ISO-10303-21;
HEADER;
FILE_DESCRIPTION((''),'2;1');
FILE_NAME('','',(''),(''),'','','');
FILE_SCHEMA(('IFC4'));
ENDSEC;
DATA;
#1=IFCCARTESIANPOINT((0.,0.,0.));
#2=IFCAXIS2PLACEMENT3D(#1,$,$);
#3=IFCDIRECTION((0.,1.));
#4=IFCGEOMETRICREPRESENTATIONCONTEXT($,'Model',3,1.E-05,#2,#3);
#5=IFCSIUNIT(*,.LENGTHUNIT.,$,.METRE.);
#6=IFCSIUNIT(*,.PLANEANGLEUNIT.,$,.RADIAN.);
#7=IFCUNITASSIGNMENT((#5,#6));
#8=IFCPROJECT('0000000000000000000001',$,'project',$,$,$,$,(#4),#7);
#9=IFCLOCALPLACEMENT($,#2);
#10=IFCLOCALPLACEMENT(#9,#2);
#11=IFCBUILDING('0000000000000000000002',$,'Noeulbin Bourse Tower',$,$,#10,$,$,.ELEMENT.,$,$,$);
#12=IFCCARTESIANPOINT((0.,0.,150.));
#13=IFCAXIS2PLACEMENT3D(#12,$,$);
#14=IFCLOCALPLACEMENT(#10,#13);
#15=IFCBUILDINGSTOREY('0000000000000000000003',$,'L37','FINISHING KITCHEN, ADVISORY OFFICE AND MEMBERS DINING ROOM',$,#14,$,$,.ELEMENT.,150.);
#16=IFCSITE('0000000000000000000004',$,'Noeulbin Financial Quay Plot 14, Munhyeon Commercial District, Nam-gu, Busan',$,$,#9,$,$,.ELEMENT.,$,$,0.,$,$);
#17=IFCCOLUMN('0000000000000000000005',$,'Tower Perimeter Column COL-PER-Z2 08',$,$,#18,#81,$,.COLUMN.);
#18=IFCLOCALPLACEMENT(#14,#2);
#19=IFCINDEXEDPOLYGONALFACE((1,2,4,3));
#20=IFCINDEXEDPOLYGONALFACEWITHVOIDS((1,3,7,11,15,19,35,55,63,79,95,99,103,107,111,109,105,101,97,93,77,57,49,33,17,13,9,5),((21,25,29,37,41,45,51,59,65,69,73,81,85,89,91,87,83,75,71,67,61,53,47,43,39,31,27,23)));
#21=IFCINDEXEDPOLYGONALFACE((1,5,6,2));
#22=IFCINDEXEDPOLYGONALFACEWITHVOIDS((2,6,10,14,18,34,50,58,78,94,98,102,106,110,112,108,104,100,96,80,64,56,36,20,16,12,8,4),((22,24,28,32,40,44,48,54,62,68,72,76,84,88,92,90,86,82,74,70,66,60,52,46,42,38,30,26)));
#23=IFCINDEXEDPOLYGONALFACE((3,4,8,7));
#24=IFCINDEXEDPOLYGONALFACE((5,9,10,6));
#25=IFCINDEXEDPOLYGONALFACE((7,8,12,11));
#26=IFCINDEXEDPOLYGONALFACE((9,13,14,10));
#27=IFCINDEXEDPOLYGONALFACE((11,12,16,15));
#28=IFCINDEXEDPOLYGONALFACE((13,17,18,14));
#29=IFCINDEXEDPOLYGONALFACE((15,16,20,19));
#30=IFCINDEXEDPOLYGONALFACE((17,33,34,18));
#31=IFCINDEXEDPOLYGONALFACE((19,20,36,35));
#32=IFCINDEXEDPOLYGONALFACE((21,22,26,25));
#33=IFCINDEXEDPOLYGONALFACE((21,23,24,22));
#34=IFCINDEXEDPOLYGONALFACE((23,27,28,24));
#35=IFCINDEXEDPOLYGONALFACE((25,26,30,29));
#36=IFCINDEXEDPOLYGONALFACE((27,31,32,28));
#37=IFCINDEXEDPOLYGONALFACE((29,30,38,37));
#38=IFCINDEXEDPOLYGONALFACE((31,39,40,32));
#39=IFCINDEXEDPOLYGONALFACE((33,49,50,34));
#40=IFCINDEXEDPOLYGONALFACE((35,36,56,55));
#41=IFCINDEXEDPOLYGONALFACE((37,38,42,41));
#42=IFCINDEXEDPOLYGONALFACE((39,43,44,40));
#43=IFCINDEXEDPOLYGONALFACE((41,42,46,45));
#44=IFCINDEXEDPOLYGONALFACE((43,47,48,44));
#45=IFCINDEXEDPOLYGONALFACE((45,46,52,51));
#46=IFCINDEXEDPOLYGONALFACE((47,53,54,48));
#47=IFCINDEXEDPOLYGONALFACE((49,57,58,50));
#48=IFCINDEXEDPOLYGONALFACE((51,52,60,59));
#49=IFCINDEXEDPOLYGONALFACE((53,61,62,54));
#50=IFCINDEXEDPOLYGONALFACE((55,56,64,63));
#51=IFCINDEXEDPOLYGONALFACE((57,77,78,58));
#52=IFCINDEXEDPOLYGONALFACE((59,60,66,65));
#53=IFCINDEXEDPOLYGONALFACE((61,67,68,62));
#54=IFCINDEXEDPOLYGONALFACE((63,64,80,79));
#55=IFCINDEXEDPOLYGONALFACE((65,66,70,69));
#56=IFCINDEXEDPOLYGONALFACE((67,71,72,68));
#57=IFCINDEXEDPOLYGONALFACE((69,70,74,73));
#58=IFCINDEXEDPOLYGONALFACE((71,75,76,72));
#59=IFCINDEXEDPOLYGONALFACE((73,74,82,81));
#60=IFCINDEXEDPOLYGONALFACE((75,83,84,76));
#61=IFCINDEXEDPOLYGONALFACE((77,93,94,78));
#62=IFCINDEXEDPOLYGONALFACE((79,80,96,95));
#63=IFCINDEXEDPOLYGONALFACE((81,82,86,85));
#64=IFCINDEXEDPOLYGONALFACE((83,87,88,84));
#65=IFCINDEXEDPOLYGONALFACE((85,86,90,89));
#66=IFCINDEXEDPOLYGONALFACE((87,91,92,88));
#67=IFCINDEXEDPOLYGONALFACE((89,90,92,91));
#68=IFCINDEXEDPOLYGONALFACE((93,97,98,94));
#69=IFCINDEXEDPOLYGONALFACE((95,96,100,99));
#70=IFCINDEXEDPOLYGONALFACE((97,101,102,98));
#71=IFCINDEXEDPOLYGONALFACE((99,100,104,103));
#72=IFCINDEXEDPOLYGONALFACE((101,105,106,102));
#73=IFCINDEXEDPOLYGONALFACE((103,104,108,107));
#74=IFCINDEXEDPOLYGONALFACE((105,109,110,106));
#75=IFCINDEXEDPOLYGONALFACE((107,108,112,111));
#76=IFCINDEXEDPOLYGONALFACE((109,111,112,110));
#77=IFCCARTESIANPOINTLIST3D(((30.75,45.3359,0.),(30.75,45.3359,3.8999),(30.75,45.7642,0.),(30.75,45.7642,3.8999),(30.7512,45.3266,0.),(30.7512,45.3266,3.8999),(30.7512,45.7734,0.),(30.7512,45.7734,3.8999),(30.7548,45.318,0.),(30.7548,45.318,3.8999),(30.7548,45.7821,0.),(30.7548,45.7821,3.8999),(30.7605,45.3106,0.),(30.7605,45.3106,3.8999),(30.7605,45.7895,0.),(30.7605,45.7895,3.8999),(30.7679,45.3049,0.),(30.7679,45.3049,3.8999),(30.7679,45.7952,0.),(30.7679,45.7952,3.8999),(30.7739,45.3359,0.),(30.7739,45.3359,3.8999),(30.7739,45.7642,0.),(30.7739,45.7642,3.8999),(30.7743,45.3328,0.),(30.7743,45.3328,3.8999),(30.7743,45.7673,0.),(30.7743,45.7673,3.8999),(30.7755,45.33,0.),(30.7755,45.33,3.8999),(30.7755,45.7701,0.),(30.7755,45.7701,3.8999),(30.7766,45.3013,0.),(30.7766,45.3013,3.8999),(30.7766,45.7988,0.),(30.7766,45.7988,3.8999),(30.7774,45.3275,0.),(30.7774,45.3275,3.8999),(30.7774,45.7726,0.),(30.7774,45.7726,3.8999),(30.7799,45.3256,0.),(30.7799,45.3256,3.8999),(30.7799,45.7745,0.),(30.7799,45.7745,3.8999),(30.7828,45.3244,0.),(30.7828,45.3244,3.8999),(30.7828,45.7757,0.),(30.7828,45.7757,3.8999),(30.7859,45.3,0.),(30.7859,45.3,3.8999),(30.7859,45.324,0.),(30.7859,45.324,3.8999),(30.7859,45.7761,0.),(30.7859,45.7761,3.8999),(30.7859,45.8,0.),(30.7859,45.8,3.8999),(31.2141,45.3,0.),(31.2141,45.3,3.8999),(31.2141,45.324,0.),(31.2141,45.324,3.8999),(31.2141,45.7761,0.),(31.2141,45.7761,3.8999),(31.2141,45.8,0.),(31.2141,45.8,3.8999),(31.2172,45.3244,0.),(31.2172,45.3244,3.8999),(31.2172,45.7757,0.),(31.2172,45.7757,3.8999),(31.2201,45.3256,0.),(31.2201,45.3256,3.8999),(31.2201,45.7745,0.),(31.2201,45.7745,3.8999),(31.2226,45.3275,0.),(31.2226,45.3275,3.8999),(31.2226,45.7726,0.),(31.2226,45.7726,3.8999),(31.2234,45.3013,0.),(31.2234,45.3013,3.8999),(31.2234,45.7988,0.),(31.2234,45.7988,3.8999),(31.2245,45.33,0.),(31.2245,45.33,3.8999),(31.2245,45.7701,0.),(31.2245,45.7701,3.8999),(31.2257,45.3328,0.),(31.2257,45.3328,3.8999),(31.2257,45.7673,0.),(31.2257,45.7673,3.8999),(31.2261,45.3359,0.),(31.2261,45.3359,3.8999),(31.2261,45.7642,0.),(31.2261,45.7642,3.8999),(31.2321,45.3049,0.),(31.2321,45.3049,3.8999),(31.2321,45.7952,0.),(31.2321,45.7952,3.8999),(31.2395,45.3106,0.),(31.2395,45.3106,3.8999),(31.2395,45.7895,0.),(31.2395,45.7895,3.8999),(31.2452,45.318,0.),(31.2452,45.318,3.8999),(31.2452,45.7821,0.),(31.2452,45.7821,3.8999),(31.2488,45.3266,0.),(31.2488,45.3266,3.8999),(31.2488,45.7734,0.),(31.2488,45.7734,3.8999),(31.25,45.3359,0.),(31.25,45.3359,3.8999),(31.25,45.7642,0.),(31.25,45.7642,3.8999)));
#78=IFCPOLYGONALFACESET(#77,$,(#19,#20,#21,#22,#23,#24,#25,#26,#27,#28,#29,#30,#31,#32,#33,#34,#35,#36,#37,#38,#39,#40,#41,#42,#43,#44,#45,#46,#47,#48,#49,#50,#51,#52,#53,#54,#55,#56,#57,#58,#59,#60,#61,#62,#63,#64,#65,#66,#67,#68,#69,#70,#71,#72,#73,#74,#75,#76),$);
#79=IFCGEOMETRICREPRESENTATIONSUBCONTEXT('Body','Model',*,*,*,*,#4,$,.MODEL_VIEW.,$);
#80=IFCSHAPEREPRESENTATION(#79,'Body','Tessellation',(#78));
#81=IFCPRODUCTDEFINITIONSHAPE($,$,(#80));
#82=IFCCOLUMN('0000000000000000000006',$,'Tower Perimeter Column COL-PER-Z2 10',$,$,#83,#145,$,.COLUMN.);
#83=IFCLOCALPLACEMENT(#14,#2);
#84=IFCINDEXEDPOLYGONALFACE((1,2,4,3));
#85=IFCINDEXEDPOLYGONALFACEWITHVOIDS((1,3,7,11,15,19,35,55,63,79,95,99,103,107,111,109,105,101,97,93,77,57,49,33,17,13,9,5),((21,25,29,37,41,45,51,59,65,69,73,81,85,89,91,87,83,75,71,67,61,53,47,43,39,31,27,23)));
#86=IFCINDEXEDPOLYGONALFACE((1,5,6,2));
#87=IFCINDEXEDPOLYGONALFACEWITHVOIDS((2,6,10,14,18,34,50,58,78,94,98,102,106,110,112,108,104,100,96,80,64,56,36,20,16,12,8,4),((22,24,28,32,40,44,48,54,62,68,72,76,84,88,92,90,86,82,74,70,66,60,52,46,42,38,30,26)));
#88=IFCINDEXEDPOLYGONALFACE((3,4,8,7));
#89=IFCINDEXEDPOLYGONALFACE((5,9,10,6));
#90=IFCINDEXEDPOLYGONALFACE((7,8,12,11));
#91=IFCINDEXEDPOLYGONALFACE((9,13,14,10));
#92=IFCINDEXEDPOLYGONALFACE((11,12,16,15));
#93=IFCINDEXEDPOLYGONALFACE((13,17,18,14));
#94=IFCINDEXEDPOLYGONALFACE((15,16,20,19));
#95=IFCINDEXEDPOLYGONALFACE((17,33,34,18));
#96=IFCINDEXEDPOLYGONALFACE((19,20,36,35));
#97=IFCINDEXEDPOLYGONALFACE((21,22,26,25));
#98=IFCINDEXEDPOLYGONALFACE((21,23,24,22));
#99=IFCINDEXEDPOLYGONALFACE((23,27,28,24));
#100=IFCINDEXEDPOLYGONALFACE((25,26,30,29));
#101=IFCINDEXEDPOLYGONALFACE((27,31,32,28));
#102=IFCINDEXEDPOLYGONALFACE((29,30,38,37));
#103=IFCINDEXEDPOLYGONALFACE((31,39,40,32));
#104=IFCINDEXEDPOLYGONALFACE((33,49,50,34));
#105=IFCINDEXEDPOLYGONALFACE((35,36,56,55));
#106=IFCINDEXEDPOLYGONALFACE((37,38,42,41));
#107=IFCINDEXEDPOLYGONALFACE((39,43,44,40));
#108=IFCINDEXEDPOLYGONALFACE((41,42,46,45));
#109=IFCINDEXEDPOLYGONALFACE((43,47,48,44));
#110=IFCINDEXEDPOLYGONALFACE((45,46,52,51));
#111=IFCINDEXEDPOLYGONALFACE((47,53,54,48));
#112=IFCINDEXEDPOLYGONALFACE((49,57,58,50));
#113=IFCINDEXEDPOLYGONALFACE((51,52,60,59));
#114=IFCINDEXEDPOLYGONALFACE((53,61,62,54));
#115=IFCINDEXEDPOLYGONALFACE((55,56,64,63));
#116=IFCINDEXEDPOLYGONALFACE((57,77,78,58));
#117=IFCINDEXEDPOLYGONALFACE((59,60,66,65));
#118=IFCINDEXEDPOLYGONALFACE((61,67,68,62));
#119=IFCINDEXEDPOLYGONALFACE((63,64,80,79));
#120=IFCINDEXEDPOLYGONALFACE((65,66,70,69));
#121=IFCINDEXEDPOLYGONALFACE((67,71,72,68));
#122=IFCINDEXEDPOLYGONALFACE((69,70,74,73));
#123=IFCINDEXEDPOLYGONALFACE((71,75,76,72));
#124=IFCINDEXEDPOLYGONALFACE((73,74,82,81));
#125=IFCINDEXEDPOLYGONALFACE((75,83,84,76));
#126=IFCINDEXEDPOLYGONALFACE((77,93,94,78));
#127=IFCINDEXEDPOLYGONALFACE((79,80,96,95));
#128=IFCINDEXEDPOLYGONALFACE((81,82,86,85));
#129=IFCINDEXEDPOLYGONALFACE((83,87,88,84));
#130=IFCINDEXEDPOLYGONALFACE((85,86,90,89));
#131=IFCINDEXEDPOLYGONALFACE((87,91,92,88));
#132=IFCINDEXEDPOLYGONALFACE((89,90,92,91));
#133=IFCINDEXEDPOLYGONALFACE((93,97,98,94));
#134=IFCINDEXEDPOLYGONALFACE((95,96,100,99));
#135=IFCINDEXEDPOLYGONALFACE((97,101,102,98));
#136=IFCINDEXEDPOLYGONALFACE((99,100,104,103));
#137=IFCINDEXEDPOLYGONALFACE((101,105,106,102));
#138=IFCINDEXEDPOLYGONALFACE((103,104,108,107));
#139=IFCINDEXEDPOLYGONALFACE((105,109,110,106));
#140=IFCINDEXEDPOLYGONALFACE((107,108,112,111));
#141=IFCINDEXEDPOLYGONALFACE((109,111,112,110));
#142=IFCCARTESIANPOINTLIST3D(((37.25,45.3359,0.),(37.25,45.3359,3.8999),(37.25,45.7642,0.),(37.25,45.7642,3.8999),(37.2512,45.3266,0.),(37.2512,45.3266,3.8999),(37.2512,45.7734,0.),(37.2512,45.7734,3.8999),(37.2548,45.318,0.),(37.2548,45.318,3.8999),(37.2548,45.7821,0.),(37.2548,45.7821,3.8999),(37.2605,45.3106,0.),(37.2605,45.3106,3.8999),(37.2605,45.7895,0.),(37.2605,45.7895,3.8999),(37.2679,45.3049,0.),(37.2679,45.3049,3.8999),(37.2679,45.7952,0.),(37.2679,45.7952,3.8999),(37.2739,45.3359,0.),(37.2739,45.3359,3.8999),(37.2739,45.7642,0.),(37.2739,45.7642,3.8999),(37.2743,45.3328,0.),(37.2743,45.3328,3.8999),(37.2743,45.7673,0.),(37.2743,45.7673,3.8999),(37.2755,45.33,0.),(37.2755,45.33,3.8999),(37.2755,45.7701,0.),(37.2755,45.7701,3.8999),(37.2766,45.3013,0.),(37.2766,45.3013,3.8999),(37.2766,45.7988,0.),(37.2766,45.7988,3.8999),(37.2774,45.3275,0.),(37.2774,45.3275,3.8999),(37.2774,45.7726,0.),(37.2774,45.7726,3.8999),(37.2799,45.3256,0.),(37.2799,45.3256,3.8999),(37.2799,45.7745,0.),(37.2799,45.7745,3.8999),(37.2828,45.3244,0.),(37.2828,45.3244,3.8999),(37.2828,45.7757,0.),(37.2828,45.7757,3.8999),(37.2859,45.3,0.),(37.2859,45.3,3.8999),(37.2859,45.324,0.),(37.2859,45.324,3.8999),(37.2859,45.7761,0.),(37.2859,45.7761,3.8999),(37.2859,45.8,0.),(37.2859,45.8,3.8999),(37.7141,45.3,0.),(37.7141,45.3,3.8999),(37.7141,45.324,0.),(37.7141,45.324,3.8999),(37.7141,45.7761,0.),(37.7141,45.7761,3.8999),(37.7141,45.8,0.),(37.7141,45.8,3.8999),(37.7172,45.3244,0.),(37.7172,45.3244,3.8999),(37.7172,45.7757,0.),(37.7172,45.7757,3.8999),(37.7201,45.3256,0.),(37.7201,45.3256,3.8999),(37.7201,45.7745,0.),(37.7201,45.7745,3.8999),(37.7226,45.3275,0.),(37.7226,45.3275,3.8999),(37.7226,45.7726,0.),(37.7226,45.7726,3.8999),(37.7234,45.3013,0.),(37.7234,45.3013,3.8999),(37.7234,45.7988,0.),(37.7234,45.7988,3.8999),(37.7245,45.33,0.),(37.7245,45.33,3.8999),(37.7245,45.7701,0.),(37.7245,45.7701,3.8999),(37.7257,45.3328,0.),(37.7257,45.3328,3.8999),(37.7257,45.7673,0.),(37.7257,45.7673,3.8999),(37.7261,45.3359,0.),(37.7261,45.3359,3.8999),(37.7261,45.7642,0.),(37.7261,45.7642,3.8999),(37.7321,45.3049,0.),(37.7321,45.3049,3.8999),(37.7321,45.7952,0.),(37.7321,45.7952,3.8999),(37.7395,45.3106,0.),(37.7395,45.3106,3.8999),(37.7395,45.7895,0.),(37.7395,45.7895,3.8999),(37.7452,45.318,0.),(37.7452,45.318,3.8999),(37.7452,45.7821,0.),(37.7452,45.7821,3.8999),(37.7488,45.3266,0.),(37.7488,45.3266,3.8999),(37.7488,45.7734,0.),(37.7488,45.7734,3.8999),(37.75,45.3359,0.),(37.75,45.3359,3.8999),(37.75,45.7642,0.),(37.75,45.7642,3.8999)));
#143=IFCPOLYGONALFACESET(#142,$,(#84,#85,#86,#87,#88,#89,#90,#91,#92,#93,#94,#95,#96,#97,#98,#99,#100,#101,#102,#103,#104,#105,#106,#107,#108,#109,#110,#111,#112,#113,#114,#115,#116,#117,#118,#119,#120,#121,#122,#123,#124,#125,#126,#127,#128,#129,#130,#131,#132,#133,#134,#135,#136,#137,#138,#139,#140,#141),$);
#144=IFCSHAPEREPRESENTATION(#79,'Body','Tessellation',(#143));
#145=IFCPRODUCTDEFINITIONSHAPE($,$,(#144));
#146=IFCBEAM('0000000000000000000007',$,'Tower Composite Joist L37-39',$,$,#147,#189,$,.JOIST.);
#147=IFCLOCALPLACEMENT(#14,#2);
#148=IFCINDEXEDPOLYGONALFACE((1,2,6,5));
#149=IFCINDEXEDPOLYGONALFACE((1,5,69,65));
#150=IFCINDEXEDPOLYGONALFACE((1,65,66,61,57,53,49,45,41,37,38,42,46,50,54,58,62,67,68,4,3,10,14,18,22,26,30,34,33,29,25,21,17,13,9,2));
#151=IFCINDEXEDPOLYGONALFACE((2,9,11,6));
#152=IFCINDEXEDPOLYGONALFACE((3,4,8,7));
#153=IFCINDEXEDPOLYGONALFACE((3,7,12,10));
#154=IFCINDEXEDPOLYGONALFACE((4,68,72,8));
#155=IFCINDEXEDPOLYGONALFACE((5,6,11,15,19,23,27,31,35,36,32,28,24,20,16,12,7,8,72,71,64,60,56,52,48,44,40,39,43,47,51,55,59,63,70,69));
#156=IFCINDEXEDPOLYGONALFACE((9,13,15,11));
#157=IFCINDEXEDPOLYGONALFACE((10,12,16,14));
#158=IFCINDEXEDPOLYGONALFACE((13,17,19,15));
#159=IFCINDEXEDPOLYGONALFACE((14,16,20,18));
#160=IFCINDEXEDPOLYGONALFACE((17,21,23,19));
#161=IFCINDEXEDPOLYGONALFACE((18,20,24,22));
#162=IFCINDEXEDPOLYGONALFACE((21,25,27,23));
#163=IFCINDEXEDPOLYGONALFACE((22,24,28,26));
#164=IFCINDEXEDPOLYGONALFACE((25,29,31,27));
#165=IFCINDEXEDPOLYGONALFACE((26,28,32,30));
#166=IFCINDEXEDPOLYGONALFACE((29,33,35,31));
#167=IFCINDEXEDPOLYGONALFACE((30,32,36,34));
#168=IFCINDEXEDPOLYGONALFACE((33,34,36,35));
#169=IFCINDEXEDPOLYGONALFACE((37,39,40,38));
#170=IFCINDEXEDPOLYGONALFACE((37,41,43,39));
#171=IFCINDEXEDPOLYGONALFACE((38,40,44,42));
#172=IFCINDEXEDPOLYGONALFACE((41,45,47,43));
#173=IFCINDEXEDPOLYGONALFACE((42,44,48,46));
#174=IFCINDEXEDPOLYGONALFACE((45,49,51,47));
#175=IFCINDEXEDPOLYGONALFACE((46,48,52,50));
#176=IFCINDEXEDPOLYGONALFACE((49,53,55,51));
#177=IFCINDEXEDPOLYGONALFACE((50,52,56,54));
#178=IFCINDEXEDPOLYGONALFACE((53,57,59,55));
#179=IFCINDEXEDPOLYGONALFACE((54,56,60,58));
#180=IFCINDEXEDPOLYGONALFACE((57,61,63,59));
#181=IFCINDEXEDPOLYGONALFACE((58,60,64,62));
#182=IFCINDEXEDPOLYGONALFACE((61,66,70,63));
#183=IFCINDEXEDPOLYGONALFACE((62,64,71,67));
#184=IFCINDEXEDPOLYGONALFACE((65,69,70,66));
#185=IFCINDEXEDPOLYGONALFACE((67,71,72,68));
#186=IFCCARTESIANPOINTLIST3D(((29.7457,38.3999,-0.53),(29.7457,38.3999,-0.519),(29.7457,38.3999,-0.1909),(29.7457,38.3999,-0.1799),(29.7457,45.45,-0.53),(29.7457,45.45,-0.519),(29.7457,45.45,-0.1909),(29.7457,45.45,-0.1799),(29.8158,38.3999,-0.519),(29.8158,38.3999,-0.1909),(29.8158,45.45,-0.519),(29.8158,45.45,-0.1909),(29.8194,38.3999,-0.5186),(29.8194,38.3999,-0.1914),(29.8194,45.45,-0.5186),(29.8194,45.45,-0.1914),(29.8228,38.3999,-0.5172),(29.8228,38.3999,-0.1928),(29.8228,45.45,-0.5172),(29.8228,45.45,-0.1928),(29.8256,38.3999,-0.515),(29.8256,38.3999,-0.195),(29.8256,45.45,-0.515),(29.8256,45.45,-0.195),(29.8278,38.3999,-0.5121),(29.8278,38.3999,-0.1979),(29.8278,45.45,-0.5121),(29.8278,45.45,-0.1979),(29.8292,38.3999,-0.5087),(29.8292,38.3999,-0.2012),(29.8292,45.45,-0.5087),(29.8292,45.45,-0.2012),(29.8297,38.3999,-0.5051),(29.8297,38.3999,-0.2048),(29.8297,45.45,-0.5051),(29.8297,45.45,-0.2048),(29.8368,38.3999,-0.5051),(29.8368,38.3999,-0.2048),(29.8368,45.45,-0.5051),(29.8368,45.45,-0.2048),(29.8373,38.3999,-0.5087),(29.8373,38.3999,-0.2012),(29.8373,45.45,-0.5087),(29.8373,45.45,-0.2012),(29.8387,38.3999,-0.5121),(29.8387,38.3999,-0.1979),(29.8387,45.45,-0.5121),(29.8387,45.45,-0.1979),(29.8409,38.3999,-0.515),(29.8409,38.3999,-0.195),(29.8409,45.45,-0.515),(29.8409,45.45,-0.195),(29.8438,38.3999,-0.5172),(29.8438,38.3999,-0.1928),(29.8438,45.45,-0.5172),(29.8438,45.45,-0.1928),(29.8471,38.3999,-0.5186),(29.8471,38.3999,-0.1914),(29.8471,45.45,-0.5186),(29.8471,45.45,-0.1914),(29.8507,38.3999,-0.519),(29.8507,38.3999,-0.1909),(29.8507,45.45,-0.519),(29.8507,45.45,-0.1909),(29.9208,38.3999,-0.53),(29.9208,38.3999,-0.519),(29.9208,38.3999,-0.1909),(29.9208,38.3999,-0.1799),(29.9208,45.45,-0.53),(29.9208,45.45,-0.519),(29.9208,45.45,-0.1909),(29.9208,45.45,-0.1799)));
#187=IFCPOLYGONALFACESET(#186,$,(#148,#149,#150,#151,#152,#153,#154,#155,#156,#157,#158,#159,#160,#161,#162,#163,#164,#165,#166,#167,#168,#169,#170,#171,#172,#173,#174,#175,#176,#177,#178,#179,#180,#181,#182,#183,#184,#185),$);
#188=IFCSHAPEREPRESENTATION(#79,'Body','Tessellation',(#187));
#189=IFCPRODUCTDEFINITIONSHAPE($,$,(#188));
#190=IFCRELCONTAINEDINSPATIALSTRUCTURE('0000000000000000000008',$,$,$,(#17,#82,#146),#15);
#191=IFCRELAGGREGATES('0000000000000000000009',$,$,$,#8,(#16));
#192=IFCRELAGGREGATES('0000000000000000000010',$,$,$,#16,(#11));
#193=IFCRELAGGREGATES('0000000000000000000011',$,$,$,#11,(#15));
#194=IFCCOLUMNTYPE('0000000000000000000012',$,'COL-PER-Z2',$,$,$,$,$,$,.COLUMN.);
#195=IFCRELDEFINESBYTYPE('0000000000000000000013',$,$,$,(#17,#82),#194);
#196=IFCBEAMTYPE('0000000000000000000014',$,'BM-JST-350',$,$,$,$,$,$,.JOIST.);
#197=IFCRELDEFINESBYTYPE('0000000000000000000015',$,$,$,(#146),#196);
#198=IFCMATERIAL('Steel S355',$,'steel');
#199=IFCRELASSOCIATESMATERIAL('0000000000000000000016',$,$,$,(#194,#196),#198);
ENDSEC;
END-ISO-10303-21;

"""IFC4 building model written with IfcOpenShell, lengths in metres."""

from ifc_helpers import new_model, si_unit, direction, frame, origin, origin_2d, place, context, subcontext, project, spatial, hollow_rectangle, i_section, extrude, material, material_profile, profile_set, type_object, element, save


model = new_model("IFC4")

# Units and contexts
model_context = context("Model", 3, precision=1e-05, world=origin(), true_north=direction((0.0, 1.0)))
body_context = subcontext(model_context, "Body", "Model", "MODEL_VIEW")
ifc_project = project(units=[si_unit("LENGTHUNIT", "METRE"), si_unit("PLANEANGLEUNIT", "RADIAN")], contexts=[model_context])

# Site, building, storey
site_placement = place(None, origin())
site = spatial("IfcSite", under=ifc_project, at=site_placement, Name="Noeulbin Financial Quay Plot 14, Munhyeon Commercial District, Nam-gu, Busan", CompositionType="ELEMENT", RefElevation=0.0)
building_placement = place(site_placement, origin())
building = spatial("IfcBuilding", under=site, at=building_placement, Name="Noeulbin Bourse Tower", CompositionType="ELEMENT")
storey_placement = place(building_placement, frame((0.0, 0.0, 150.0)))
storey = spatial("IfcBuildingStorey", under=building, at=storey_placement, Name="L37", Description="FINISHING KITCHEN, ADVISORY OFFICE AND MEMBERS DINING ROOM", CompositionType="ELEMENT", Elevation=150.0)

# Columns
ifc_material_1 = material(Name="Steel S355", Category="steel")
ifc_material_profile_1 = material_profile(ifc_material_1, hollow_rectangle(XDim=0.5, YDim=0.5, WallThickness=0.0239, InnerFilletRadius=0.012, OuterFilletRadius=0.0359, at=origin_2d()), Name="BOX-500x500x24", Category="LoadBearing")
ifc_profile_set_1 = profile_set([ifc_material_profile_1], Name="Steel S355")
column_type = type_object("IfcColumnType", Name="COL-PER-Z2", PredefinedType="COLUMN", material=ifc_profile_set_1)
for number, where, z_axis, x_axis, name in (
    (1, (31.0, 45.55, 0.0), (0.0, 0.0, 1.0), (1.0, 0.0, 0.0), "Tower Perimeter Column COL-PER-Z2 08"),
    (2, (37.5, 45.55, 0.0), (0.0, 0.0, 1.0), (1.0, 0.0, 0.0), "Tower Perimeter Column COL-PER-Z2 10"),
):
    element("IfcColumn", number, at=place(storey_placement, frame(where, z_axis=z_axis, x_axis=x_axis)), inside=storey, type_object=column_type, Name=name, PredefinedType="COLUMN", context=body_context, shape_type="SweptSolid", body=[
        extrude(hollow_rectangle(XDim=0.5, YDim=0.5, WallThickness=0.0239, InnerFilletRadius=0.012, OuterFilletRadius=0.0359, at=origin_2d()), origin(), (0.0, 0.0, 1.0), 3.8999),
    ])

# Beam
ifc_material_profile_2 = material_profile(ifc_material_1, i_section(OverallWidth=0.175, OverallDepth=0.3501, WebThickness=0.0071, FlangeThickness=0.011, FilletRadius=0.0139, at=origin_2d()), Name="H-350x175x7x11", Category="LoadBearing")
ifc_profile_set_2 = profile_set([ifc_material_profile_2], Name="Steel S355")
beam_type_1 = type_object("IfcBeamType", Name="BM-JST-350", PredefinedType="JOIST", material=ifc_profile_set_2)
for number, where, z_axis, x_axis, name in (
    (3, (29.8333, 38.3999, -0.355), (0.0, 1.0, 0.0), (-1.0, 0.0, 0.0), "Tower Composite Joist L37-39"),
):
    element("IfcBeam", number, at=place(storey_placement, frame(where, z_axis=z_axis, x_axis=x_axis)), inside=storey, type_object=beam_type_1, Name=name, PredefinedType="JOIST", context=body_context, shape_type="SweptSolid", body=[
        extrude(i_section(OverallWidth=0.175, OverallDepth=0.3501, WebThickness=0.0071, FlangeThickness=0.011, FilletRadius=0.0139, at=origin_2d()), origin(), (0.0, 0.0, 1.0), 7.05),
    ])

save(model, "model.ifc")
